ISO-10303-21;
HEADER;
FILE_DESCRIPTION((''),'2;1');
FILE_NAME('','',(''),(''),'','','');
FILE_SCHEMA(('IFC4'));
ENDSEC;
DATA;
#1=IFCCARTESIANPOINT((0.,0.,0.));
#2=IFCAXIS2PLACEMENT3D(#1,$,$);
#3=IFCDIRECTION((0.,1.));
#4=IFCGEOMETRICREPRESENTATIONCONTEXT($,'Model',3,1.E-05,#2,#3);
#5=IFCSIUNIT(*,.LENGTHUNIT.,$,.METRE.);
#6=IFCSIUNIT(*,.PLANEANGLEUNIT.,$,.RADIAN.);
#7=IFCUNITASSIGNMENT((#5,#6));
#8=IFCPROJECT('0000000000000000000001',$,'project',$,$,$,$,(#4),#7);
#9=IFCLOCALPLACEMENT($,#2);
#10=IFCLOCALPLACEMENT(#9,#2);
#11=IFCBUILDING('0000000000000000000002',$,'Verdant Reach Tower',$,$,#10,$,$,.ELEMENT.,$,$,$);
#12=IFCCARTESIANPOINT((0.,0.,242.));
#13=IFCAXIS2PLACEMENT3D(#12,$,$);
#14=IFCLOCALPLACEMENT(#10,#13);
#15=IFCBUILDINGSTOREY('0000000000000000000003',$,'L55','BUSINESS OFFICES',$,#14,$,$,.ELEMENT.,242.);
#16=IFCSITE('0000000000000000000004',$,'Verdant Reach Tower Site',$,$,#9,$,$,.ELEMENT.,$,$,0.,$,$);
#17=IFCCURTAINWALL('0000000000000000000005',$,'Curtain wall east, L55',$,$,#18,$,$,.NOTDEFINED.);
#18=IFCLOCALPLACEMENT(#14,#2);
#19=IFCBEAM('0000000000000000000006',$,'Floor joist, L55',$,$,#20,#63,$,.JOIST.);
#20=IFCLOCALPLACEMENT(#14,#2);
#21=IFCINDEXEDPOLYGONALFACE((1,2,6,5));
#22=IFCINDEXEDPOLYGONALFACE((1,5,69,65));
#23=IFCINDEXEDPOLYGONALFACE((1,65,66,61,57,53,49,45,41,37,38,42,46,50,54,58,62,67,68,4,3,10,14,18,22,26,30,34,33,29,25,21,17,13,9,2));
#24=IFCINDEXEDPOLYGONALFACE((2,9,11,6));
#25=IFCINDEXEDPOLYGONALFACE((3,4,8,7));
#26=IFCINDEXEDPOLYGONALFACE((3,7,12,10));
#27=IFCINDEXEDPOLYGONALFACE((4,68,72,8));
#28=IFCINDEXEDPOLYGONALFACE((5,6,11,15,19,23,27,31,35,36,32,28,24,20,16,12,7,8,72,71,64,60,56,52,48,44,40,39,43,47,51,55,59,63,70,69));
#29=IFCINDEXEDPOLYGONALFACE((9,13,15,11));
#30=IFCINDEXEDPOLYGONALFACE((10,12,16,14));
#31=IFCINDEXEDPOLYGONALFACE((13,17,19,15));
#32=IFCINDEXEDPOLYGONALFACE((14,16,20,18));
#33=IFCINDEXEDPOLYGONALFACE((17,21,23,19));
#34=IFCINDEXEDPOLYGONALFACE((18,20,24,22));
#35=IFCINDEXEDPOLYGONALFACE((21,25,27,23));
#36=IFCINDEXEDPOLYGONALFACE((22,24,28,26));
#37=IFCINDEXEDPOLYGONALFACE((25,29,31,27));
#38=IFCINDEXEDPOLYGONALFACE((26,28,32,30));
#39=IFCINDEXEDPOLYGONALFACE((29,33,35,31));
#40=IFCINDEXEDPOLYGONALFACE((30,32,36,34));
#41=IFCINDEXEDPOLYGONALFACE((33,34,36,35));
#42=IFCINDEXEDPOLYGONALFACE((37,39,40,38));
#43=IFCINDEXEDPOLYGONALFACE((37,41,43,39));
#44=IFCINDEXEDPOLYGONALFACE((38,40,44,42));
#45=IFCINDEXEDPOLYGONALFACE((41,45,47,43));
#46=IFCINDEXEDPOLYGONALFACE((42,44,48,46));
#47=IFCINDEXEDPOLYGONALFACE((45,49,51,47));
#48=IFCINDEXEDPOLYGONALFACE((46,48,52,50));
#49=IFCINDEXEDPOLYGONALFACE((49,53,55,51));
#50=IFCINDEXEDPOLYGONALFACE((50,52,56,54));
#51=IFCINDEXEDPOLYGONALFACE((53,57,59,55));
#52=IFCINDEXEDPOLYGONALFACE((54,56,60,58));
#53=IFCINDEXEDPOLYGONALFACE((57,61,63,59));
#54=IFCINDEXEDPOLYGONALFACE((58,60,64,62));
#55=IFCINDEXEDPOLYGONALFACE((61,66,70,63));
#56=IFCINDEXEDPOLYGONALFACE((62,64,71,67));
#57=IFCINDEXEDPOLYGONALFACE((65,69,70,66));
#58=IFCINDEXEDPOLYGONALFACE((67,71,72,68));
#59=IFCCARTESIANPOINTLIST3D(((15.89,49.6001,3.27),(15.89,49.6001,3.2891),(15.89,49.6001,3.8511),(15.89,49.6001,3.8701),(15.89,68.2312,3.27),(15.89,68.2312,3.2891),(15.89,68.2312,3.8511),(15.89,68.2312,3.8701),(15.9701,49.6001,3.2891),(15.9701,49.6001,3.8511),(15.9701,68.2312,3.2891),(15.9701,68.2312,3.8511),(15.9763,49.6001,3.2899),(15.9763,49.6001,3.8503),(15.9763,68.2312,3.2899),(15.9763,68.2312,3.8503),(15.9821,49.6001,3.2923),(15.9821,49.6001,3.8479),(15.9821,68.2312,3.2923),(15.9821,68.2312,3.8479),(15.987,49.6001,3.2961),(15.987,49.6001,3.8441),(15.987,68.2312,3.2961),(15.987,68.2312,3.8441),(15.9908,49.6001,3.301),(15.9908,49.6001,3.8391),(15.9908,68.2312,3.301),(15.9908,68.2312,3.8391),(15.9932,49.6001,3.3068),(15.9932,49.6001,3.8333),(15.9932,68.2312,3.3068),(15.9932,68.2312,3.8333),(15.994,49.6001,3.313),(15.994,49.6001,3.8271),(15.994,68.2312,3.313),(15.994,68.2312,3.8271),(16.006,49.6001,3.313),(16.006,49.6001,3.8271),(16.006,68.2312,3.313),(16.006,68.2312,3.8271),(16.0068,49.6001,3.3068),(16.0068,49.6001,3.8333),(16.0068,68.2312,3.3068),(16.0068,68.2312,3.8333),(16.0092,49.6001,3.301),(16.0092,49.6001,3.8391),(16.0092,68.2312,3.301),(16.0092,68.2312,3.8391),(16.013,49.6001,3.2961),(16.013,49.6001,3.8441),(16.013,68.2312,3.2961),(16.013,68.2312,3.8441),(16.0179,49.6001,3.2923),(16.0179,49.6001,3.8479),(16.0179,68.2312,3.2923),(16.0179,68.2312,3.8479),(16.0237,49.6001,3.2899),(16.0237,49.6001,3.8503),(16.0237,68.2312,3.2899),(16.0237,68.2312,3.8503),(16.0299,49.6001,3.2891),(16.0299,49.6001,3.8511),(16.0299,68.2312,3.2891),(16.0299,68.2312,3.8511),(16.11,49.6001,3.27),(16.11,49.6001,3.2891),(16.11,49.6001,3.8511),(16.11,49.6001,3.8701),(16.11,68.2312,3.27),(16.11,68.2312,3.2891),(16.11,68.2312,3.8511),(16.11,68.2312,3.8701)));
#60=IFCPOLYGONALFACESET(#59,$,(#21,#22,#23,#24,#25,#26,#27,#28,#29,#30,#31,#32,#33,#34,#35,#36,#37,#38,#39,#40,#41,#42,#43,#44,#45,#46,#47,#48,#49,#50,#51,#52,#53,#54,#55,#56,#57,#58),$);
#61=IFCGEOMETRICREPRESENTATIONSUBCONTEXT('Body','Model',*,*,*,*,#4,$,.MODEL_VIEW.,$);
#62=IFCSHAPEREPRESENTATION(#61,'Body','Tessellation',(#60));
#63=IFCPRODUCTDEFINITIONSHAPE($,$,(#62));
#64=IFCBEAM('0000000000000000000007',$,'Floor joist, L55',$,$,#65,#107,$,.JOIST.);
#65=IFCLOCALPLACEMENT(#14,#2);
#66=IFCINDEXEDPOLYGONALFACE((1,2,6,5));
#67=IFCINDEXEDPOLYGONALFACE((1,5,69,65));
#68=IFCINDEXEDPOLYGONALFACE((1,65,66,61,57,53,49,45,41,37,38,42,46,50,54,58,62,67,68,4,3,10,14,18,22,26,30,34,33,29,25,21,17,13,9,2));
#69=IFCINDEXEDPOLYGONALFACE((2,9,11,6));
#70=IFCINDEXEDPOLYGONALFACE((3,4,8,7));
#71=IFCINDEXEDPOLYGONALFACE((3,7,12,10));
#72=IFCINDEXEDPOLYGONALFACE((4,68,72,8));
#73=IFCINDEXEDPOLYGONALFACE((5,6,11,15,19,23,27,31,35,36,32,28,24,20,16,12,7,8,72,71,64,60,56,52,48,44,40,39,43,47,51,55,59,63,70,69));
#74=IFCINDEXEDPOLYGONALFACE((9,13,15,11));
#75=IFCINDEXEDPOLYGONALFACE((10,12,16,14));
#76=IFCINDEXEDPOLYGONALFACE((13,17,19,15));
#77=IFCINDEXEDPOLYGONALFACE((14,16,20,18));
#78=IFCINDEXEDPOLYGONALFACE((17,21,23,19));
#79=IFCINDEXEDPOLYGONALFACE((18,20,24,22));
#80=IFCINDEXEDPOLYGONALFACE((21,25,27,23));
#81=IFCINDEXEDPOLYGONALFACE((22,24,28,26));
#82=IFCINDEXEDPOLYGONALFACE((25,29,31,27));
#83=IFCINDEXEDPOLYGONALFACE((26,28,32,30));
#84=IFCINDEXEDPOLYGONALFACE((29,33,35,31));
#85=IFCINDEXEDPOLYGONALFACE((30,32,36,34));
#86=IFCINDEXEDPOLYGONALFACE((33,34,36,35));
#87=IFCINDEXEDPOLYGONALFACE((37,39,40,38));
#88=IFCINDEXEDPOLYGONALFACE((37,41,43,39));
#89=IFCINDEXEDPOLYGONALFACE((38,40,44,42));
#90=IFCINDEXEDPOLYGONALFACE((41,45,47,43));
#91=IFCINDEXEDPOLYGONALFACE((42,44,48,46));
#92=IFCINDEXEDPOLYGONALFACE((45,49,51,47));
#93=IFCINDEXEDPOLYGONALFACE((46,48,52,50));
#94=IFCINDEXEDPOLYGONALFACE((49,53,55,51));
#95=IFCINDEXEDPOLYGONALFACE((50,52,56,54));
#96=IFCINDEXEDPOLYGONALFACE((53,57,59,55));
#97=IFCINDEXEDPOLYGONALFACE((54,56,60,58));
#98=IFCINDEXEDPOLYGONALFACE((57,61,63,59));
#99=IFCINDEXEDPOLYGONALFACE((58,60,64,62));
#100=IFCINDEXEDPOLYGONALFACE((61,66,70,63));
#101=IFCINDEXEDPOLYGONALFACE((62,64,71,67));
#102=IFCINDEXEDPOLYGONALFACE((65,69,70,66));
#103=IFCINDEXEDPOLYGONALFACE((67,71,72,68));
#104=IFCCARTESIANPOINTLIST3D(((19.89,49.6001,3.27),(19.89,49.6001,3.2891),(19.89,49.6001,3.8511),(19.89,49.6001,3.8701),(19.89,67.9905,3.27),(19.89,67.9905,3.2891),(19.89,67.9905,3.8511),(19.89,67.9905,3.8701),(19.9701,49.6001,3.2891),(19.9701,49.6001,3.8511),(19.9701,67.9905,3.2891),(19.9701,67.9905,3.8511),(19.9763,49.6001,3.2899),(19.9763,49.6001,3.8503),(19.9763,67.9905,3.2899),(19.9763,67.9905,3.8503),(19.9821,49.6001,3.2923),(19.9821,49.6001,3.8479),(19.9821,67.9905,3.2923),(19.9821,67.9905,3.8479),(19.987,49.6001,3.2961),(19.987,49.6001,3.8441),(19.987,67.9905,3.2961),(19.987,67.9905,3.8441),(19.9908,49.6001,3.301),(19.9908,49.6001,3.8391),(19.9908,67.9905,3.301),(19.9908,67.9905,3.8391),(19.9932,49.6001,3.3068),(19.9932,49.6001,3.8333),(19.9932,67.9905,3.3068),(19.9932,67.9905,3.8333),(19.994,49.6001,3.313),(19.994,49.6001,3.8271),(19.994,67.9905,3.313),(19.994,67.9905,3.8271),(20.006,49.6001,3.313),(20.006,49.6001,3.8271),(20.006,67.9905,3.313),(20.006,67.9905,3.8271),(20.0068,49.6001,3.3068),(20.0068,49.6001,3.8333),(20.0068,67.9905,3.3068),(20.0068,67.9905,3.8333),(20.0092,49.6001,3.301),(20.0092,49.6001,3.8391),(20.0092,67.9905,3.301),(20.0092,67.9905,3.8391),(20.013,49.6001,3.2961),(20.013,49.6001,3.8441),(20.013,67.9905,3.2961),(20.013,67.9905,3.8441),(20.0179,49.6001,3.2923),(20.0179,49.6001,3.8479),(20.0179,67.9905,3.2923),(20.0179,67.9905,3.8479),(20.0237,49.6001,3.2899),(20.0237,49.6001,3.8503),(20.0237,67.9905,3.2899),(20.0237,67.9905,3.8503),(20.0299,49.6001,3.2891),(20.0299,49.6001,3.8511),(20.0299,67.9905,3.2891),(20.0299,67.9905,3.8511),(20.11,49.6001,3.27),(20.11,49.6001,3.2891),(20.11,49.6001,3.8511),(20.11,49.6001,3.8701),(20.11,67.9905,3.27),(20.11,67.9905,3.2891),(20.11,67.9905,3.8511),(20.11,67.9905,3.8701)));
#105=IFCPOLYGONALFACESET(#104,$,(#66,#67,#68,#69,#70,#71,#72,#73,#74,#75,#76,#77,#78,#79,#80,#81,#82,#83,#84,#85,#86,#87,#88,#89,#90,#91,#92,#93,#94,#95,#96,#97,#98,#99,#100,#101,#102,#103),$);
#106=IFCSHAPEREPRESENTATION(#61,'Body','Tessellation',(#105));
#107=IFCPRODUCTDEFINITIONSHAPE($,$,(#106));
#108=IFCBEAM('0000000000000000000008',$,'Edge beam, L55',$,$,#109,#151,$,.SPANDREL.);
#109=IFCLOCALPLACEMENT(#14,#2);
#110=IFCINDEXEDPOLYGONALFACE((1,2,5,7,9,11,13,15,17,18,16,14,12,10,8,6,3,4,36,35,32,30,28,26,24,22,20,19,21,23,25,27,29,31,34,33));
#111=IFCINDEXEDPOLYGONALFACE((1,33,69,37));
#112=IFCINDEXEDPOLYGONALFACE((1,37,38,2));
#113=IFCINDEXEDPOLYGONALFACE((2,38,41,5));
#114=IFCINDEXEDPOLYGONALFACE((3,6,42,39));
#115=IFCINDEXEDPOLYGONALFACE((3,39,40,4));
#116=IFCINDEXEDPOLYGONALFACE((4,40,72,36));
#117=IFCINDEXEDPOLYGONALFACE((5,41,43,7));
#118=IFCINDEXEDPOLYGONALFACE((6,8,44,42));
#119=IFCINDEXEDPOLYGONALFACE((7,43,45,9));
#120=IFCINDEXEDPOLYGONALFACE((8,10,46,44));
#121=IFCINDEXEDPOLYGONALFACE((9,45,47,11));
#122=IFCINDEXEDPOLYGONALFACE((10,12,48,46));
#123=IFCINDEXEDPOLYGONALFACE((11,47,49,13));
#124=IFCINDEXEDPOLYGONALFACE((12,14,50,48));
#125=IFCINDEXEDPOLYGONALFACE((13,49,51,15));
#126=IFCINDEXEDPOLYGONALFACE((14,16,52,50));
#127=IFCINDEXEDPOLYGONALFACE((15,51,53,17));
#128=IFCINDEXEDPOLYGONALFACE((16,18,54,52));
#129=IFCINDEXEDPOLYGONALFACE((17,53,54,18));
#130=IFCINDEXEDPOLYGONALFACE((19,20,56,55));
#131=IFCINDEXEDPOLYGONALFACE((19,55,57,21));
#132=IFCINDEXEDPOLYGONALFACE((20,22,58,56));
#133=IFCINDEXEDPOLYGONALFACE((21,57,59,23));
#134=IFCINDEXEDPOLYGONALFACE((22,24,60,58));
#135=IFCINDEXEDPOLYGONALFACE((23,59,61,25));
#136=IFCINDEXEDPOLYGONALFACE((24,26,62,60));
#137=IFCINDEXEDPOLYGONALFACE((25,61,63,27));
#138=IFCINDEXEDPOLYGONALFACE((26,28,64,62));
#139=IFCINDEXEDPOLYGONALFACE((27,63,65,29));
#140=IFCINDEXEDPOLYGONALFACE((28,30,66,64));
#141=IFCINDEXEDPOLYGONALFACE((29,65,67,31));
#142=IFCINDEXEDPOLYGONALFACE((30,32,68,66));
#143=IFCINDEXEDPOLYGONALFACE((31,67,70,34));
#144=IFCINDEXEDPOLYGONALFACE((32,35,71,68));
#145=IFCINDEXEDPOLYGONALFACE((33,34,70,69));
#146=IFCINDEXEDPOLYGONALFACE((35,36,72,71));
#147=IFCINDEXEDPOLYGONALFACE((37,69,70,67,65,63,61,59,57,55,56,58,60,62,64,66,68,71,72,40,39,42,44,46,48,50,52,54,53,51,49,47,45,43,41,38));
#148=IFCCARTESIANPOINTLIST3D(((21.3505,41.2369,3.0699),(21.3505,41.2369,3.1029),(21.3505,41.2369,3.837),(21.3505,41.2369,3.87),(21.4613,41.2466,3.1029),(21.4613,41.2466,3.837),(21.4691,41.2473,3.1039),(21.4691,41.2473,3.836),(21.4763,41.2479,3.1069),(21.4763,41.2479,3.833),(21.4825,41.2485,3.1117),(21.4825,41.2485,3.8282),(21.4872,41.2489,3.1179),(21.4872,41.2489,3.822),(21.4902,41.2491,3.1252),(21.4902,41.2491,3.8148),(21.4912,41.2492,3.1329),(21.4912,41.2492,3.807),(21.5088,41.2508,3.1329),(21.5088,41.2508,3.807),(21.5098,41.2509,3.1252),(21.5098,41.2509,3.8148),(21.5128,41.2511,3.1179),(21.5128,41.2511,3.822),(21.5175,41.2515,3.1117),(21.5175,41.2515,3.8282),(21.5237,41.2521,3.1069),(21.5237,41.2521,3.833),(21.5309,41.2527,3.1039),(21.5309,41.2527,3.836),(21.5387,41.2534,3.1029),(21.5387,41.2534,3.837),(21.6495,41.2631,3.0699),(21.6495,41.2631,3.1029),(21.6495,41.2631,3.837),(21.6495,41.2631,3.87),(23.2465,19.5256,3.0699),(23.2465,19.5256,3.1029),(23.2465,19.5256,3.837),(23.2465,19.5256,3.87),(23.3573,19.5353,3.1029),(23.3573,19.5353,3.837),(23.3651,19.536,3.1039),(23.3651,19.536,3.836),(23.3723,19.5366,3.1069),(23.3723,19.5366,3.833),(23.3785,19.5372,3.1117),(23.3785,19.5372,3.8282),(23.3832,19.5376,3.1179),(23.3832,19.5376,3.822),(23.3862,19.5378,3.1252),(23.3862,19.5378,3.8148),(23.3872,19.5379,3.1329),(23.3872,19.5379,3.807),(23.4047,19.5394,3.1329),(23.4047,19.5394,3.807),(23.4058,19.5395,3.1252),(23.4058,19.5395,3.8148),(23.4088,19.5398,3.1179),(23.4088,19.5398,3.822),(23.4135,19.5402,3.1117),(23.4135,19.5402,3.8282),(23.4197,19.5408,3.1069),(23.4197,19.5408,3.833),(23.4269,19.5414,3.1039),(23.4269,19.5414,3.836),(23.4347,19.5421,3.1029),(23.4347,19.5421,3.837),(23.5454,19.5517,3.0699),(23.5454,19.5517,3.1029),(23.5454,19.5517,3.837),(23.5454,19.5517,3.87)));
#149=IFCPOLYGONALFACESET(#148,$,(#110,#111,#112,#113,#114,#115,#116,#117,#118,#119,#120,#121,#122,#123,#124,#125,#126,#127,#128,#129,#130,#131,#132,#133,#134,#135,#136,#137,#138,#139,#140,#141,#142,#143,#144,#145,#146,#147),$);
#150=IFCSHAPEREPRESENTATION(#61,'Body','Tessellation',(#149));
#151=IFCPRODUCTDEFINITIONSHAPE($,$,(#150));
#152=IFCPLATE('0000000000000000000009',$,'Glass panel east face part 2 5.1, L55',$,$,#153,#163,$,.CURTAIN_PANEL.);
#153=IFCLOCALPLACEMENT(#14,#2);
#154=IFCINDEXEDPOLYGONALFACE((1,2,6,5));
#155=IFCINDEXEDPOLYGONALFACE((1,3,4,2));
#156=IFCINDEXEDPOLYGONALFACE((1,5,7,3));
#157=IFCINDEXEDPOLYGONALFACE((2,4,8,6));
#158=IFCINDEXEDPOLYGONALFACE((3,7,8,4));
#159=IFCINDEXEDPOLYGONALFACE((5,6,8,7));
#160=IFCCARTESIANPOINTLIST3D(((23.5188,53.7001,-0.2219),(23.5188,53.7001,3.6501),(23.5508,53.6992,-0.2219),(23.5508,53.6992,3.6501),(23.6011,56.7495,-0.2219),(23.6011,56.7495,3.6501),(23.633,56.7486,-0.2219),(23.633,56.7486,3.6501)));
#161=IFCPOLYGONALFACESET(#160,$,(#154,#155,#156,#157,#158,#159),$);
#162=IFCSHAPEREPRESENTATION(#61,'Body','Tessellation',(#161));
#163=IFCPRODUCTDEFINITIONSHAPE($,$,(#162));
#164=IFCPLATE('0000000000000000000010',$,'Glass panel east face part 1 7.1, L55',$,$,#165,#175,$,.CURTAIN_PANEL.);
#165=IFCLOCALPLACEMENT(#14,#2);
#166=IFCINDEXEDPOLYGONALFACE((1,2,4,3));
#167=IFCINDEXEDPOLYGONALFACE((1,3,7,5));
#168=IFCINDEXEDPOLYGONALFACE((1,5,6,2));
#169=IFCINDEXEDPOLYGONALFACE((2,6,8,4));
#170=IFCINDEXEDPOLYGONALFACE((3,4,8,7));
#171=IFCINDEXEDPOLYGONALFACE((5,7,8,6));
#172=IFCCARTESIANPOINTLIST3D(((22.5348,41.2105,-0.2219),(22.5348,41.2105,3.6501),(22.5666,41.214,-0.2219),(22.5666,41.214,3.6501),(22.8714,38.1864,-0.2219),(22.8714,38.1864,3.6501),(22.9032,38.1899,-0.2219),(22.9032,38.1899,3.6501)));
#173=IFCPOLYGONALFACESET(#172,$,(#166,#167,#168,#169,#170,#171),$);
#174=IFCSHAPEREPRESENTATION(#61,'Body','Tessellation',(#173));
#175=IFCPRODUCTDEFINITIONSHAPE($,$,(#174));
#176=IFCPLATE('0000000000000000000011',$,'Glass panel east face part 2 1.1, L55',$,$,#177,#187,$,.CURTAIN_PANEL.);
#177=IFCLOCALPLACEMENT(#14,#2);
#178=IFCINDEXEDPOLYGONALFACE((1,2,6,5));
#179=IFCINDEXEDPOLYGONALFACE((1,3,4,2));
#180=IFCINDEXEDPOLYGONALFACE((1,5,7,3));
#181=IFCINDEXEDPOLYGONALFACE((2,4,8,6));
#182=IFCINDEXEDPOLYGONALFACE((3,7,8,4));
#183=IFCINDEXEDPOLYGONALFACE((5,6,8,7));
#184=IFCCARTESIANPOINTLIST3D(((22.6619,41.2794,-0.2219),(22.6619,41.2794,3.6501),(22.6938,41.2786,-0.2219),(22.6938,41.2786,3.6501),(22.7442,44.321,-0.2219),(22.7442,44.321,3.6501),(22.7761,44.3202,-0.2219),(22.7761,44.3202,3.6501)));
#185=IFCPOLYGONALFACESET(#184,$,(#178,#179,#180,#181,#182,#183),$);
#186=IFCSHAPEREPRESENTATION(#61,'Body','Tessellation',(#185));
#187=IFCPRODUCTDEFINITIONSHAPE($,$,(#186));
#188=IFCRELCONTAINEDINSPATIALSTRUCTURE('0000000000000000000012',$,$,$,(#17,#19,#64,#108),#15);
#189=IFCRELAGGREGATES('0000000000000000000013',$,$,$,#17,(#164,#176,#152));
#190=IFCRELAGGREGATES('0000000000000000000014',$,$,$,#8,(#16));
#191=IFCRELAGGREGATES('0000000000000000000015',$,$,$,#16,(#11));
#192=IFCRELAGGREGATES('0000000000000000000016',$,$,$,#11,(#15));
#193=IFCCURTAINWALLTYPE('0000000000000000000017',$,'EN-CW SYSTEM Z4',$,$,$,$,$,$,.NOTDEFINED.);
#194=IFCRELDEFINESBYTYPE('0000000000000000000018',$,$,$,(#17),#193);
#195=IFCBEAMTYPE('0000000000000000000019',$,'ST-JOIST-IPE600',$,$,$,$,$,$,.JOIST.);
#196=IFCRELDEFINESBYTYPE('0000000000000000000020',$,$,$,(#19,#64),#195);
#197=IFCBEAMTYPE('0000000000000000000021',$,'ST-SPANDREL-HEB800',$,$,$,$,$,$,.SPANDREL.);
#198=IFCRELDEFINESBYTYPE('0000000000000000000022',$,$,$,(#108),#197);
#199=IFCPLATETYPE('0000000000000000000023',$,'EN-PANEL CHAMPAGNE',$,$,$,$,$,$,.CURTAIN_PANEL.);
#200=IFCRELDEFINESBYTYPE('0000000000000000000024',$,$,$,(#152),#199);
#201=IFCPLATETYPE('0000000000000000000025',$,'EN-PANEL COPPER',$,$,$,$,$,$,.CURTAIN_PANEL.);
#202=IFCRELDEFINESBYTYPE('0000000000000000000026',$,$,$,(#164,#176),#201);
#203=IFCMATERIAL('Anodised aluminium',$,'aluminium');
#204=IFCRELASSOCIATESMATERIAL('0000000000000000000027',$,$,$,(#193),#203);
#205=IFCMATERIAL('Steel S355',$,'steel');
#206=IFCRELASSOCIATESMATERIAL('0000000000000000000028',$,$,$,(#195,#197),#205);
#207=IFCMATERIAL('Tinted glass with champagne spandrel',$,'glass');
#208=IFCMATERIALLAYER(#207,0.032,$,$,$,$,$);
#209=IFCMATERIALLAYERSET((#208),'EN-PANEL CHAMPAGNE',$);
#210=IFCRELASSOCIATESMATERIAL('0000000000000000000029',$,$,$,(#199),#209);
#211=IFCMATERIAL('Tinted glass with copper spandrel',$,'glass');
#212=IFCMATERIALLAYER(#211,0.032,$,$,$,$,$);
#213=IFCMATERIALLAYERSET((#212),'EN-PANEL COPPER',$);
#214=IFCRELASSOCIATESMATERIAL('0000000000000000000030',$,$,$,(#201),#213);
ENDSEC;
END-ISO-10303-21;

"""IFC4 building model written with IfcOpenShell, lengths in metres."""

from ifc_helpers import new_model, si_unit, direction, frame, origin, origin_2d, place, context, subcontext, project, spatial, rectangle, i_section, extrude, material, layer, layer_set, material_profile, profile_set, type_object, element, aggregate, save


model = new_model("IFC4")

# Units and contexts
model_context = context("Model", 3, precision=1e-05, world=origin(), true_north=direction((0.0, 1.0)))
body_context = subcontext(model_context, "Body", "Model", "MODEL_VIEW")
ifc_project = project(units=[si_unit("LENGTHUNIT", "METRE"), si_unit("PLANEANGLEUNIT", "RADIAN")], contexts=[model_context])

# Site, building, storey
site_placement = place(None, origin())
site = spatial("IfcSite", under=ifc_project, at=site_placement, Name="Verdant Reach Tower Site", CompositionType="ELEMENT", RefElevation=0.0)
building_placement = place(site_placement, origin())
building = spatial("IfcBuilding", under=site, at=building_placement, Name="Verdant Reach Tower", CompositionType="ELEMENT")
storey_placement = place(building_placement, frame((0.0, 0.0, 242.0)))
storey = spatial("IfcBuildingStorey", under=building, at=storey_placement, Name="L55", Description="BUSINESS OFFICES", CompositionType="ELEMENT", Elevation=242.0)

# Curtain wall
ifc_material_1 = material(Name="Anodised aluminium", Category="aluminium")
curtain_wall_type = type_object("IfcCurtainWallType", Name="EN-CW SYSTEM Z4", PredefinedType="NOTDEFINED", material=ifc_material_1)
curtain_wall_placement = place(storey_placement, origin())
curtain_wall = element("IfcCurtainWall", 1, at=curtain_wall_placement, inside=storey, type_object=curtain_wall_type, Name="Curtain wall east, L55", PredefinedType="NOTDEFINED")

# Beams
ifc_material_2 = material(Name="Steel S355", Category="steel")
ifc_material_profile_1 = material_profile(ifc_material_2, i_section(OverallWidth=0.22, OverallDepth=0.6001, WebThickness=0.012, FlangeThickness=0.019, FilletRadius=0.0239, at=origin_2d()), Name="IPE 600")
ifc_profile_set_1 = profile_set([ifc_material_profile_1], Name="Steel S355")
beam_type_1 = type_object("IfcBeamType", Name="ST-JOIST-IPE600", PredefinedType="JOIST", material=ifc_profile_set_1)
beam_1_placement = place(storey_placement, frame((16.0, 49.6001, 3.5701), z_axis=(0.0, 1.0, 0.0), x_axis=(-1.0, 0.0, 0.0)))
element("IfcBeam", 2, at=beam_1_placement, inside=storey, type_object=beam_type_1, Name="Floor joist, L55", PredefinedType="JOIST", context=body_context, shape_type="SweptSolid", body=[
    extrude(i_section(OverallWidth=0.22, OverallDepth=0.6001, WebThickness=0.012, FlangeThickness=0.019, FilletRadius=0.0239, at=origin_2d()), origin(), (0.0, 0.0, 1.0), 18.6311),
])
beam_2_placement = place(storey_placement, frame((20.0, 49.6001, 3.5701), z_axis=(0.0, 1.0, 0.0), x_axis=(-1.0, 0.0, 0.0)))
element("IfcBeam", 3, at=beam_2_placement, inside=storey, type_object=beam_type_1, Name="Floor joist, L55", PredefinedType="JOIST", context=body_context, shape_type="SweptSolid", body=[
    extrude(i_section(OverallWidth=0.22, OverallDepth=0.6001, WebThickness=0.012, FlangeThickness=0.019, FilletRadius=0.0239, at=origin_2d()), origin(), (0.0, 0.0, 1.0), 18.3904),
])
ifc_material_profile_2 = material_profile(ifc_material_2, i_section(OverallWidth=0.3, OverallDepth=0.8, WebThickness=0.0176, FlangeThickness=0.033, FilletRadius=0.03, at=origin_2d()), Name="HEB 800")
ifc_profile_set_2 = profile_set([ifc_material_profile_2], Name="Steel S355")
beam_type_2 = type_object("IfcBeamType", Name="ST-SPANDREL-HEB800", PredefinedType="SPANDREL", material=ifc_profile_set_2)
beam_3_placement = place(storey_placement, frame((21.5, 41.25, 3.47), z_axis=(0.086996, -0.996209, 0.0), x_axis=(0.996209, 0.086996, 0.0)))
element("IfcBeam", 4, at=beam_3_placement, inside=storey, type_object=beam_type_2, Name="Edge beam, L55", PredefinedType="SPANDREL", context=body_context, shape_type="SweptSolid", body=[
    extrude(i_section(OverallWidth=0.3, OverallDepth=0.8, WebThickness=0.0176, FlangeThickness=0.033, FilletRadius=0.03, at=origin_2d()), origin(), (0.0, 0.0, 1.0), 21.7939),
])

# Plates
ifc_material_3 = material(Name="Tinted glass with champagne spandrel", Category="glass")
ifc_layer_1 = layer(ifc_material_3, 0.032)
ifc_layer_set_1 = layer_set([ifc_layer_1], Name="EN-PANEL CHAMPAGNE")
plate_type_1 = type_object("IfcPlateType", Name="EN-PANEL CHAMPAGNE", PredefinedType="CURTAIN_PANEL", material=ifc_layer_set_1)
plate_1_placement = place(storey_placement, frame((23.5759, 55.2244, -0.2219), z_axis=(0.0, 0.0, 1.0), x_axis=(0.026965, 0.999636, 0.0)))
plate_1 = element("IfcPlate", 5, at=plate_1_placement, type_object=plate_type_1, Name="Glass panel east face part 2 5.1, L55", PredefinedType="CURTAIN_PANEL", context=body_context, shape_type="SweptSolid", body=[
    extrude(rectangle(XDim=3.0505, YDim=0.032, at=origin_2d()), origin(), (0.0, 0.0, 1.0), 3.8721),
])
ifc_material_4 = material(Name="Tinted glass with copper spandrel", Category="glass")
ifc_layer_2 = layer(ifc_material_4, 0.032)
ifc_layer_set_2 = layer_set([ifc_layer_2], Name="EN-PANEL COPPER")
plate_type_2 = type_object("IfcPlateType", Name="EN-PANEL COPPER", PredefinedType="CURTAIN_PANEL", material=ifc_layer_set_2)
plate_2_placement = place(storey_placement, frame((22.719, 39.7002, -0.2219), z_axis=(0.0, 0.0, 1.0), x_axis=(-0.110603, 0.993865, 0.0)))
plate_2 = element("IfcPlate", 6, at=plate_2_placement, type_object=plate_type_2, Name="Glass panel east face part 1 7.1, L55", PredefinedType="CURTAIN_PANEL", context=body_context, shape_type="SweptSolid", body=[
    extrude(rectangle(XDim=3.0427, YDim=0.032, at=origin_2d()), origin(), (0.0, 0.0, 1.0), 3.8721),
])
plate_3_placement = place(storey_placement, frame((22.719, 42.7998, -0.2219), z_axis=(0.0, 0.0, 1.0), x_axis=(0.027051, 0.999634, 0.0)))
plate_3 = element("IfcPlate", 7, at=plate_3_placement, type_object=plate_type_2, Name="Glass panel east face part 2 1.1, L55", PredefinedType="CURTAIN_PANEL", context=body_context, shape_type="SweptSolid", body=[
    extrude(rectangle(XDim=3.0427, YDim=0.032, at=origin_2d()), origin(), (0.0, 0.0, 1.0), 3.8721),
])
aggregate(curtain_wall, [plate_2, plate_3, plate_1])

save(model, "model.ifc")
